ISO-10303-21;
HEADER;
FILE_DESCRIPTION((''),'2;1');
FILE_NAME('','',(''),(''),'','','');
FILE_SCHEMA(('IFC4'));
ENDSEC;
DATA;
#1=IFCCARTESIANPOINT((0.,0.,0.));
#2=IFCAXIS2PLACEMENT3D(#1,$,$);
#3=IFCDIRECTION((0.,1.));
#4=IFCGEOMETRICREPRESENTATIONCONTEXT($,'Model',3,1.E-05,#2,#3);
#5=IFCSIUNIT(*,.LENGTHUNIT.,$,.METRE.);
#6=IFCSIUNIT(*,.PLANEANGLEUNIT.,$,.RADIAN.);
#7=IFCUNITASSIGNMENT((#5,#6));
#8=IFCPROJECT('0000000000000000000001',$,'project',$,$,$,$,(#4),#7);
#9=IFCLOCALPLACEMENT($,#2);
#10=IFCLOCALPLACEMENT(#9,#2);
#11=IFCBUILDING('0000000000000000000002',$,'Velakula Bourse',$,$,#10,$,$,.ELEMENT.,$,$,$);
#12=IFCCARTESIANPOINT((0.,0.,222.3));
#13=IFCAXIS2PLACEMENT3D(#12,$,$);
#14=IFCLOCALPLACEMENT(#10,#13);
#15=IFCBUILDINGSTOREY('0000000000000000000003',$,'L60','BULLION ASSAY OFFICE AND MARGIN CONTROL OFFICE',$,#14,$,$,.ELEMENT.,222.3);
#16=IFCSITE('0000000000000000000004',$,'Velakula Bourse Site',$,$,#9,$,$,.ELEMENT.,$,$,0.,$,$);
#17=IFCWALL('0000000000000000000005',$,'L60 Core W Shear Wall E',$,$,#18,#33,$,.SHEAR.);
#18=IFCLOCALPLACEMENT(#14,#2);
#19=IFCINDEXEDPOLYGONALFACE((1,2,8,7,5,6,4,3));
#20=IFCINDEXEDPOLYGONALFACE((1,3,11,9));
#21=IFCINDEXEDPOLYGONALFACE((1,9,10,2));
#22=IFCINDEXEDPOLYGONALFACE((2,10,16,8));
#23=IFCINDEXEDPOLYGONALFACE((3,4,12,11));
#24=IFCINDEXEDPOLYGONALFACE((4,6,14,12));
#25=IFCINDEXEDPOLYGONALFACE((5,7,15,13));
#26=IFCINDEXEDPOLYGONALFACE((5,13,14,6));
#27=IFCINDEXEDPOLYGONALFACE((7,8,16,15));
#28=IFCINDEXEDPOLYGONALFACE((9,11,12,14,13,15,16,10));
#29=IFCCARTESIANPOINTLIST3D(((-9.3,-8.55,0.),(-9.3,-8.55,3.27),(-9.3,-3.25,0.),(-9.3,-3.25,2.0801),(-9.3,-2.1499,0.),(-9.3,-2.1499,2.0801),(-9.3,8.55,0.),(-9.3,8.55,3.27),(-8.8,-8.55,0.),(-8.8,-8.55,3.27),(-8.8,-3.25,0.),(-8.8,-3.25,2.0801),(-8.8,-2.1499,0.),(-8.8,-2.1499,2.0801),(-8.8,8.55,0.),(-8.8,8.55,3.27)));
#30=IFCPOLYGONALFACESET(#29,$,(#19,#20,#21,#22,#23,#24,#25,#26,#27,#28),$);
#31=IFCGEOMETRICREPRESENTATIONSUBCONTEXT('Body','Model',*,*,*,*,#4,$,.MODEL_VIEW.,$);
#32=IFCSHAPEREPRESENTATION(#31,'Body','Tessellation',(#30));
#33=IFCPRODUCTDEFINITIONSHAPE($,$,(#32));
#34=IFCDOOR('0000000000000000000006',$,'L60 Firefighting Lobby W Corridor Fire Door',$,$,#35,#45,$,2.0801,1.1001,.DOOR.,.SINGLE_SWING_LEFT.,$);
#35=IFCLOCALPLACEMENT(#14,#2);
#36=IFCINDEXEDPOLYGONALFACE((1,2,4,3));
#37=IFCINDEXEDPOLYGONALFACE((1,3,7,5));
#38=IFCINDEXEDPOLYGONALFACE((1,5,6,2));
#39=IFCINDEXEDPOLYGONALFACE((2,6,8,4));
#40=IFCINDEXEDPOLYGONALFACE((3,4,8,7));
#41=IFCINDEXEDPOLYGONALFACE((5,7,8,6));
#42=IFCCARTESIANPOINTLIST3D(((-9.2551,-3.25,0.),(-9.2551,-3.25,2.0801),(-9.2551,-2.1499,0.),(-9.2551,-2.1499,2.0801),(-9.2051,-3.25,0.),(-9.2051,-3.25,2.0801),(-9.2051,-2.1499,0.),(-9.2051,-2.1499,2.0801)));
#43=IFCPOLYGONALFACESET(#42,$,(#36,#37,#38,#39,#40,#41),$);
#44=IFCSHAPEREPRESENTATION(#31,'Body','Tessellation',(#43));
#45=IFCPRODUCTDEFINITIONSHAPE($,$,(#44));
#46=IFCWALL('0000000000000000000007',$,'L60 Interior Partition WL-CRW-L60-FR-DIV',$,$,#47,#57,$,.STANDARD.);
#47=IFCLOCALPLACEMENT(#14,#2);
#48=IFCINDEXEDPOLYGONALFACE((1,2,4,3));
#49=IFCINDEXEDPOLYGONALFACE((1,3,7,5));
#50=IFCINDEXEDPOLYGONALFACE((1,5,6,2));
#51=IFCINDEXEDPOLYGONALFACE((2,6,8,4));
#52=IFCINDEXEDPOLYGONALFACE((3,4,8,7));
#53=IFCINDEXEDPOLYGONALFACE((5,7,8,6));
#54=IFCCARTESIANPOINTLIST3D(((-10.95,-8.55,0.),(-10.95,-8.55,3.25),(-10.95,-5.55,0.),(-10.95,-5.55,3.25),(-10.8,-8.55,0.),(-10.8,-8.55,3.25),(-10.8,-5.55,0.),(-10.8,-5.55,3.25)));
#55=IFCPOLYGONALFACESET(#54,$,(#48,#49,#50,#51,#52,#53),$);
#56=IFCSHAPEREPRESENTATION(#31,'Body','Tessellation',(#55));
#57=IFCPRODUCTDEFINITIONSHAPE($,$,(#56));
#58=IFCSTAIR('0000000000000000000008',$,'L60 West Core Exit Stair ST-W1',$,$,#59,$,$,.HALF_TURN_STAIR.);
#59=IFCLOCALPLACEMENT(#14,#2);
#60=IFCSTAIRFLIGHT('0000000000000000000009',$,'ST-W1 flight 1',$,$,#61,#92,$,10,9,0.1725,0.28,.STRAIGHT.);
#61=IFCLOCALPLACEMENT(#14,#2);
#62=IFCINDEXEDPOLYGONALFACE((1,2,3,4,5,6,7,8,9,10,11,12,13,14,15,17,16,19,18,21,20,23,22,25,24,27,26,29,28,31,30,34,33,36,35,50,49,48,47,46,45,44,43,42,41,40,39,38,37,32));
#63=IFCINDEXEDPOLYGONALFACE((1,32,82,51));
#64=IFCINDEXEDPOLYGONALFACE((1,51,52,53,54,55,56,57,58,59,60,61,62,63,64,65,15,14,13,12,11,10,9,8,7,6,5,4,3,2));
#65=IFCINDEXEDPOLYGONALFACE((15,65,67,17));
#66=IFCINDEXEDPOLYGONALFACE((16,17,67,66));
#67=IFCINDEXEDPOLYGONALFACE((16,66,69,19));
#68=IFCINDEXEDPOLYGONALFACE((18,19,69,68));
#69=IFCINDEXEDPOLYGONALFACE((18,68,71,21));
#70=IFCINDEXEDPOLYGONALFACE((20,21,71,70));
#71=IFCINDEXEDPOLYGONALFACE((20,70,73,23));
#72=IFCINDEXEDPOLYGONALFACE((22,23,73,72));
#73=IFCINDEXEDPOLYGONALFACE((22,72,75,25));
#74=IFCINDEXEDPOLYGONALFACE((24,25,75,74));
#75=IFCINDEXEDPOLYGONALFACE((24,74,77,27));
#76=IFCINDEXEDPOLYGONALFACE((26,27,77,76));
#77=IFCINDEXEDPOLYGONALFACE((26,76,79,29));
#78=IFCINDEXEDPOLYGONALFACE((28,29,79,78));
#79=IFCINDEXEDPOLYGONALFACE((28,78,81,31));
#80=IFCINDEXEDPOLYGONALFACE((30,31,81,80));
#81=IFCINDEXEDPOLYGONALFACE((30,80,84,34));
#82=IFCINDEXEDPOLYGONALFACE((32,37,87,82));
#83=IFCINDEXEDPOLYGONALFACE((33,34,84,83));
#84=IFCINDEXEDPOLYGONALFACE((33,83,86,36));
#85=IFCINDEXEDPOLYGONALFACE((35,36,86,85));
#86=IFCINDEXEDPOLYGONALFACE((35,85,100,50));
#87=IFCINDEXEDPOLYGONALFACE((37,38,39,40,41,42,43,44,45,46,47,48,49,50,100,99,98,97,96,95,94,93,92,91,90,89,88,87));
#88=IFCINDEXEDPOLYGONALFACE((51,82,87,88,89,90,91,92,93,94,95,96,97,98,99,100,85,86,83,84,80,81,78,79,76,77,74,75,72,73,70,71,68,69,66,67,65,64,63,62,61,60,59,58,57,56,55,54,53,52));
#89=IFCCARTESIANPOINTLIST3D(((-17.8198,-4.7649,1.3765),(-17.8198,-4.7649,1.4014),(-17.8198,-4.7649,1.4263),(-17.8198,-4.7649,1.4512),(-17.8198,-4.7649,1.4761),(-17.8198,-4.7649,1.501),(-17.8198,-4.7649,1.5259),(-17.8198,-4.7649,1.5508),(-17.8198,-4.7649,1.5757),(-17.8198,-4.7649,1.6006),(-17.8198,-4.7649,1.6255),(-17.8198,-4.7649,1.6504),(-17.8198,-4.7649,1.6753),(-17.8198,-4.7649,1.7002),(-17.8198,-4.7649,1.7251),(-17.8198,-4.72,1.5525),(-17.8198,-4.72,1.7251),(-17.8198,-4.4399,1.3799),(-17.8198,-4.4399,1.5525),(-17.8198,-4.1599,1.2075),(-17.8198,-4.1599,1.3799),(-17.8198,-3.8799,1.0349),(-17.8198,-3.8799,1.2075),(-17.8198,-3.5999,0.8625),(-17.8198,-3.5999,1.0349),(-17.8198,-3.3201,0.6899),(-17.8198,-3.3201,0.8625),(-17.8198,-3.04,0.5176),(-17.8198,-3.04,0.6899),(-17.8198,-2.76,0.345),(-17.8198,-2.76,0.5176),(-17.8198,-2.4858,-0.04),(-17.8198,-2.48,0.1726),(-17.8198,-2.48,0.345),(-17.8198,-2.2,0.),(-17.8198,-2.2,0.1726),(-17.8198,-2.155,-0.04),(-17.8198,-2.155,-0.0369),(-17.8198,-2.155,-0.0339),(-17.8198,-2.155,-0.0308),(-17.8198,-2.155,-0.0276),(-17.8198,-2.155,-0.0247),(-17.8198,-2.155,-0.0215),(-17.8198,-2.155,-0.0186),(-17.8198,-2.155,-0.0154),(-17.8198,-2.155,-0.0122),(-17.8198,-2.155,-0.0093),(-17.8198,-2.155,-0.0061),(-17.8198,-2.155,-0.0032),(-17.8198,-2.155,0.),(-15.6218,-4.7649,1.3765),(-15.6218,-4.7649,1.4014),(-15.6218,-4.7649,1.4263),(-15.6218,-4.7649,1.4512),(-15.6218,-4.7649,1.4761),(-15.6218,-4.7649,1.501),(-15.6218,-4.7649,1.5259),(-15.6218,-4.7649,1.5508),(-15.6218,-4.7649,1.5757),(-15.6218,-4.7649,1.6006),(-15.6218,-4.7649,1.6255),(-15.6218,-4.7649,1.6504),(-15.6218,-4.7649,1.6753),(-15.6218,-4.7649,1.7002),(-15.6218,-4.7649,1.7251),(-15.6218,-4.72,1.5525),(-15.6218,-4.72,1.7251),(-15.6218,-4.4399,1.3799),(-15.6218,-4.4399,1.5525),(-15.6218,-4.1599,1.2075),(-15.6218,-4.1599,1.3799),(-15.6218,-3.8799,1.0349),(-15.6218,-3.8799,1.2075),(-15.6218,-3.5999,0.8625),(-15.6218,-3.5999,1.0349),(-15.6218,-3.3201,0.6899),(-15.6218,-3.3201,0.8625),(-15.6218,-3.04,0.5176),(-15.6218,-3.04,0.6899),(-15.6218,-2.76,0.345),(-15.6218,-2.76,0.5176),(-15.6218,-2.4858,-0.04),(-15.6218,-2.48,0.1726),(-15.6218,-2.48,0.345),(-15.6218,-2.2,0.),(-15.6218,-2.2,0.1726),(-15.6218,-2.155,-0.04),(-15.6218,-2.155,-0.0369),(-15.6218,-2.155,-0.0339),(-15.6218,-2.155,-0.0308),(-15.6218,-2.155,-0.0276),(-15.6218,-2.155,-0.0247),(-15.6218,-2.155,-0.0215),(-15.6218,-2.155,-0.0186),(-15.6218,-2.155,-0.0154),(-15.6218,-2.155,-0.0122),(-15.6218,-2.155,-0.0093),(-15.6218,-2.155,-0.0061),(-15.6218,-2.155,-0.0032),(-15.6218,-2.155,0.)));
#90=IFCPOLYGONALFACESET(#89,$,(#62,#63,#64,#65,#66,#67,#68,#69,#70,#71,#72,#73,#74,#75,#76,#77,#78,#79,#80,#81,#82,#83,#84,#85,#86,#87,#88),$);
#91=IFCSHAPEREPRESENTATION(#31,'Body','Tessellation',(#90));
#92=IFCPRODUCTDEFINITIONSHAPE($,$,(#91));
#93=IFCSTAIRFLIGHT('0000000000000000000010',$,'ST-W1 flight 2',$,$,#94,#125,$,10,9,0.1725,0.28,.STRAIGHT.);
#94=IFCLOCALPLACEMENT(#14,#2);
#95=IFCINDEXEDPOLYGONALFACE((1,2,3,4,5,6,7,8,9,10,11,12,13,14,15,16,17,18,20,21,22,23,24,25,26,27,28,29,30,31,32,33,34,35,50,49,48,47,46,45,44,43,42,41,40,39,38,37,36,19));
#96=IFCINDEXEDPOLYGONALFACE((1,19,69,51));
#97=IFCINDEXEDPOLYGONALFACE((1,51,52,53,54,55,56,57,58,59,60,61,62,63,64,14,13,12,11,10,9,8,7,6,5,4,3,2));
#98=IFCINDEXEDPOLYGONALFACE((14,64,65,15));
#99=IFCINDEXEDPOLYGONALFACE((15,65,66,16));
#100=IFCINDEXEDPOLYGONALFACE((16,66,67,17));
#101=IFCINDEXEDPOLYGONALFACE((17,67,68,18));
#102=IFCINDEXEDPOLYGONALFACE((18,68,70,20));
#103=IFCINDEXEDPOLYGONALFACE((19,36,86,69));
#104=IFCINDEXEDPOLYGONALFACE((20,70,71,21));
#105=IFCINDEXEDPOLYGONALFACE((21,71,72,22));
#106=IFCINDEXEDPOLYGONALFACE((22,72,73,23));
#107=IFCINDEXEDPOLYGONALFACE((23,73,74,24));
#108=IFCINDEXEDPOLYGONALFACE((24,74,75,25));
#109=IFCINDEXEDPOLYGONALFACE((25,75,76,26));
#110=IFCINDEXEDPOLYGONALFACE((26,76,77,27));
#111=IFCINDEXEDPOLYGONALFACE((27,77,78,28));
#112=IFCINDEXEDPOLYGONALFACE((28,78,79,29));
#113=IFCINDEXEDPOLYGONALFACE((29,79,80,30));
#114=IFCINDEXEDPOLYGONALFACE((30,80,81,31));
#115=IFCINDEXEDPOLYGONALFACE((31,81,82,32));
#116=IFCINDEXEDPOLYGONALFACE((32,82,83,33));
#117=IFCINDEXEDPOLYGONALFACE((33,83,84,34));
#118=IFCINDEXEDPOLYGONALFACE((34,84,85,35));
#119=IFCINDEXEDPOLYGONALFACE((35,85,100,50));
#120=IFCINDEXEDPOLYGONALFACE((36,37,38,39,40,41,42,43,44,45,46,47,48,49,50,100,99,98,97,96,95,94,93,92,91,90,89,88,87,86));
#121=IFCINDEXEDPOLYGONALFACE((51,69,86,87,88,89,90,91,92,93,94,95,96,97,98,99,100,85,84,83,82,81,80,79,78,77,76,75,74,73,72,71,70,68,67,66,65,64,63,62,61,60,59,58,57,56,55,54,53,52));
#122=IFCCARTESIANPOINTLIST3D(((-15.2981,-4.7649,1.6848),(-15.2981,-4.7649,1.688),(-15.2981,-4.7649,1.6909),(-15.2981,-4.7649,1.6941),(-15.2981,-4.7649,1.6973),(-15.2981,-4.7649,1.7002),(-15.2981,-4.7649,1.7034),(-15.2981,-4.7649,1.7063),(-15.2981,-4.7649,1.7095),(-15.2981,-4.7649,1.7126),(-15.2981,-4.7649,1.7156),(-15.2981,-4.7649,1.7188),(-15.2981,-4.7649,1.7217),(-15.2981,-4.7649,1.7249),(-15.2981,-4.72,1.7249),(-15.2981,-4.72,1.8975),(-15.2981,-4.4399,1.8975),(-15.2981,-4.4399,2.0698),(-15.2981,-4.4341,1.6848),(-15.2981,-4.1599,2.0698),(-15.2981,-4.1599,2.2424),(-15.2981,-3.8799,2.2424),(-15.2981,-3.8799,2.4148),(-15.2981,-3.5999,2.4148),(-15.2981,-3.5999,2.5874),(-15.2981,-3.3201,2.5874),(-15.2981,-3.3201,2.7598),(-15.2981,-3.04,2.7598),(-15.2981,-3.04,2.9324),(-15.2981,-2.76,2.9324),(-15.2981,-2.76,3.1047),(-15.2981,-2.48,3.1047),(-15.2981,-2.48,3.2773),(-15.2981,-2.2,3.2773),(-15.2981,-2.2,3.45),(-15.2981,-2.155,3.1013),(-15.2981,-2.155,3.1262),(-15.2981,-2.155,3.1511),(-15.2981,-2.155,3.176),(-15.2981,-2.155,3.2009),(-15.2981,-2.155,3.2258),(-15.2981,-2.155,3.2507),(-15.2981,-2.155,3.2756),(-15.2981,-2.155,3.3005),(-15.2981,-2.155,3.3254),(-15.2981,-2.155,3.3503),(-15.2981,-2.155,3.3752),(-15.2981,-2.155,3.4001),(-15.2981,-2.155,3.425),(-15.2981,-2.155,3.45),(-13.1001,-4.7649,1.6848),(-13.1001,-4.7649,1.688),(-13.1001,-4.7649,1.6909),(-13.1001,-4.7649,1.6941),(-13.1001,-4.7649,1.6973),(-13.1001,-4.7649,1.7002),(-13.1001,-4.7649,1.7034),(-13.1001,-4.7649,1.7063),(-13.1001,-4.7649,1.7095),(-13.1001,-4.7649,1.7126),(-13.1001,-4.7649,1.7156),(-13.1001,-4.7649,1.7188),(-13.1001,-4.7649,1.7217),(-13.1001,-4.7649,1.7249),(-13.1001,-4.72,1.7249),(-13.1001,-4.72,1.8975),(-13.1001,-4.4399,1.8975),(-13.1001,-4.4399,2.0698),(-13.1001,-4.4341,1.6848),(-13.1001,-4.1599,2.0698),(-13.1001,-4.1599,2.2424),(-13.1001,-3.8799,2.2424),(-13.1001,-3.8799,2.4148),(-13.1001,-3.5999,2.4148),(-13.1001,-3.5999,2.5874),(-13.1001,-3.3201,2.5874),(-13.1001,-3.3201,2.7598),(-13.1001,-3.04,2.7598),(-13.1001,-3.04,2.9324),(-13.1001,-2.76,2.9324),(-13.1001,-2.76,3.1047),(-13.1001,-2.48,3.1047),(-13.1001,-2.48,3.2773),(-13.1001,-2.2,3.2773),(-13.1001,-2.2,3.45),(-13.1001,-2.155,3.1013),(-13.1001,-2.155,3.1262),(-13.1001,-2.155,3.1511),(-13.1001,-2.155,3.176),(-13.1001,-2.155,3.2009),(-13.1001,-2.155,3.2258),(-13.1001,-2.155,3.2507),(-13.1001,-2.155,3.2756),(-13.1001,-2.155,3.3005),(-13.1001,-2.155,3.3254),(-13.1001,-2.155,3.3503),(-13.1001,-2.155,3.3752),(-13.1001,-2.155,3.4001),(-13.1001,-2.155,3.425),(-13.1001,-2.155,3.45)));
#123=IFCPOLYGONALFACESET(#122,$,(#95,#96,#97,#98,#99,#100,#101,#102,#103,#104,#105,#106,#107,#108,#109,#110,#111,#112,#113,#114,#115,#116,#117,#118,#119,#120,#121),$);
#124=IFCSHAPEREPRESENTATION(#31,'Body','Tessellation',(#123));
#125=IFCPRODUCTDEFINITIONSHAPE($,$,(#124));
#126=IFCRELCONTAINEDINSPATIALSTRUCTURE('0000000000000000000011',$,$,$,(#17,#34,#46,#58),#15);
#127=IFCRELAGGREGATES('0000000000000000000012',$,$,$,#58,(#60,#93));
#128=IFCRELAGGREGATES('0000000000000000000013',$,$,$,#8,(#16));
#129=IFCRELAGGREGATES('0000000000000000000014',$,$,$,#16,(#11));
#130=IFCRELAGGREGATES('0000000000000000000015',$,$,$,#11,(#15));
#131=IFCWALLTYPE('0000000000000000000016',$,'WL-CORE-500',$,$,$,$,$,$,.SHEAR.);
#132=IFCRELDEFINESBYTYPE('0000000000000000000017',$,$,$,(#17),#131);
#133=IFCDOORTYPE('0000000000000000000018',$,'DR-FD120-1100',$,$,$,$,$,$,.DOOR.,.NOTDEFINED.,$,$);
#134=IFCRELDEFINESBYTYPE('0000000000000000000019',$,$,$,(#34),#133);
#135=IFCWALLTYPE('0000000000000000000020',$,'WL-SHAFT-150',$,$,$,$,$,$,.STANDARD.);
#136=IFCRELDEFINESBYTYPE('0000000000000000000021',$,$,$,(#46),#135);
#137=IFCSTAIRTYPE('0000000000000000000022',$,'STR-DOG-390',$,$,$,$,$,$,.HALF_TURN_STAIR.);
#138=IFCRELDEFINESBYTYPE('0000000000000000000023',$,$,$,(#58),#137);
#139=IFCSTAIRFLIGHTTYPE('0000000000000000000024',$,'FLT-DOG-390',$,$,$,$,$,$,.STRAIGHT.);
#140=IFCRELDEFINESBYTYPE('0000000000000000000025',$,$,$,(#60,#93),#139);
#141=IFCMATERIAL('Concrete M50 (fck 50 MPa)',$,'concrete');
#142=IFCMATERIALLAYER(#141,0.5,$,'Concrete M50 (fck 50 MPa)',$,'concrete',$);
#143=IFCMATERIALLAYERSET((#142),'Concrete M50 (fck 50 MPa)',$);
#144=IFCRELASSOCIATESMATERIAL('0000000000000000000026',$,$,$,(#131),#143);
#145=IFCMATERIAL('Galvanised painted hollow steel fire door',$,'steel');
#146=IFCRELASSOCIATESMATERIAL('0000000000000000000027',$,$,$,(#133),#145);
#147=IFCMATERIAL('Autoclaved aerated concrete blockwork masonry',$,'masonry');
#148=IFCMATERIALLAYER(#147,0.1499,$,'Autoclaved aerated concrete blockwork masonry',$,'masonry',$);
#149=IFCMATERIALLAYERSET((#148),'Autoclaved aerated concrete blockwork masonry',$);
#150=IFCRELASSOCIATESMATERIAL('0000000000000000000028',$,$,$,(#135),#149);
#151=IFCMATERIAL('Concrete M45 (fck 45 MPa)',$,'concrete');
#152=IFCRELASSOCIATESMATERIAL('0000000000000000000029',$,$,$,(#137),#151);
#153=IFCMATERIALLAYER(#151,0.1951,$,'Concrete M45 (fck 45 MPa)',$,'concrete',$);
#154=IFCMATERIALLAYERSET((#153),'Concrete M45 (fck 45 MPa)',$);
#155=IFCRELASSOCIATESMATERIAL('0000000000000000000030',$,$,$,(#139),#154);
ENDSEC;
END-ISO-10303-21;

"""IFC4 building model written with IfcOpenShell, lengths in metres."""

from ifc_helpers import new_model, si_unit, direction, frame, frame_2d, origin, place, context, subcontext, project, spatial, polyline, rectangle, outline, extrude, material, layer, layer_set, type_object, element, fill, aggregate, save


model = new_model("IFC4")

# Units and contexts
model_context = context("Model", 3, precision=1e-05, world=origin(), true_north=direction((0.0, 1.0)))
body_context = subcontext(model_context, "Body", "Model", "MODEL_VIEW")
ifc_project = project(units=[si_unit("LENGTHUNIT", "METRE"), si_unit("PLANEANGLEUNIT", "RADIAN")], contexts=[model_context])

# Site, building, storey
site_placement = place(None, origin())
site = spatial("IfcSite", under=ifc_project, at=site_placement, Name="Velakula Bourse Site", CompositionType="ELEMENT", RefElevation=0.0)
building_placement = place(site_placement, origin())
building = spatial("IfcBuilding", under=site, at=building_placement, Name="Velakula Bourse", CompositionType="ELEMENT")
storey_placement = place(building_placement, frame((0.0, 0.0, 222.3)))
storey = spatial("IfcBuildingStorey", under=building, at=storey_placement, Name="L60", Description="BULLION ASSAY OFFICE AND MARGIN CONTROL OFFICE", CompositionType="ELEMENT", Elevation=222.3)

# Shared definitions
ifc_material_1 = material(Name="Concrete M50 (fck 50 MPa)", Category="concrete")

# Shared definitions
ifc_material_2 = material(Name="Galvanised painted hollow steel fire door", Category="steel")

# Wall, opening, door
ifc_layer_1 = layer(ifc_material_1, 0.5, Name="Concrete M50 (fck 50 MPa)", Category="concrete")
ifc_layer_set_1 = layer_set([ifc_layer_1], Name="Concrete M50 (fck 50 MPa)")
wall_type_1 = type_object("IfcWallType", Name="WL-CORE-500", PredefinedType="SHEAR", material=ifc_layer_set_1)
wall_1_placement = place(storey_placement, frame((-9.05, -8.55, 0.0), z_axis=(0.0, 0.0, 1.0), x_axis=(0.0, 1.0, 0.0)))
wall_1 = element("IfcWall", 1, at=wall_1_placement, inside=storey, type_object=wall_type_1, Name="L60 Core W Shear Wall E", PredefinedType="SHEAR", context=body_context, shape_type="SweptSolid", body=[
    extrude(rectangle(XDim=17.1001, YDim=0.5, at=frame_2d((8.55, 0.0))), origin(), (0.0, 0.0, 1.0), 3.27),
])
opening_1_placement = place(wall_1_placement, frame((5.3, 0.0, 0.0)))
opening_1 = element("IfcOpeningElement", 2, at=opening_1_placement, cuts=wall_1, PredefinedType="OPENING", context=body_context, shape_type="SweptSolid", body=[
    extrude(rectangle(XDim=1.1001, YDim=2.0801, at=frame_2d((0.55, 1.04))), frame((0.0, 0.26, 0.0), z_axis=(0.0, -1.0, 0.0), x_axis=(1.0, 0.0, 0.0)), (0.0, 0.0, 1.0), 0.52),
])
door_type_1 = type_object("IfcDoorType", Name="DR-FD120-1100", OperationType="NOTDEFINED", PredefinedType="DOOR", material=ifc_material_2)
door_1_placement = place(opening_1_placement, origin())
door_1 = element("IfcDoor", 3, at=door_1_placement, inside=storey, type_object=door_type_1, Name="L60 Firefighting Lobby W Corridor Fire Door", OperationType="SINGLE_SWING_LEFT", OverallHeight=2.0801, OverallWidth=1.1001, PredefinedType="DOOR", context=body_context, shape_type="SweptSolid", body=[
    extrude(rectangle(XDim=1.1001, YDim=2.0801, at=frame_2d((0.55, 1.04))), frame((0.0, 0.2051, 0.0), z_axis=(0.0, -1.0, 0.0), x_axis=(1.0, 0.0, 0.0)), (0.0, 0.0, 1.0), 0.05),
])
fill(opening_1, door_1)

# Shared definitions
ifc_material_3 = material(Name="Autoclaved aerated concrete blockwork masonry", Category="masonry")
ifc_layer_2 = layer(ifc_material_3, 0.1499, Name="Autoclaved aerated concrete blockwork masonry", Category="masonry")
ifc_layer_set_2 = layer_set([ifc_layer_2], Name="Autoclaved aerated concrete blockwork masonry")
wall_type_2 = type_object("IfcWallType", Name="WL-SHAFT-150", PredefinedType="STANDARD", material=ifc_layer_set_2)

# Wall
wall_2_placement = place(storey_placement, frame((-10.875, -8.55, 0.0), z_axis=(0.0, 0.0, 1.0), x_axis=(0.0, 1.0, 0.0)))
element("IfcWall", 4, at=wall_2_placement, inside=storey, type_object=wall_type_2, Name="L60 Interior Partition WL-CRW-L60-FR-DIV", PredefinedType="STANDARD", context=body_context, shape_type="SweptSolid", body=[
    extrude(rectangle(XDim=3.0, YDim=0.1499, at=frame_2d((1.5, 0.0))), origin(), (0.0, 0.0, 1.0), 3.25),
])

# Stair, stair flights
ifc_material_4 = material(Name="Concrete M45 (fck 45 MPa)", Category="concrete")
stair_type = type_object("IfcStairType", Name="STR-DOG-390", PredefinedType="HALF_TURN_STAIR", material=ifc_material_4)
stair_placement = place(storey_placement, origin())
stair = element("IfcStair", 5, at=stair_placement, inside=storey, type_object=stair_type, Name="L60 West Core Exit Stair ST-W1", PredefinedType="HALF_TURN_STAIR")
ifc_layer_3 = layer(ifc_material_4, 0.1951, Name="Concrete M45 (fck 45 MPa)", Category="concrete")
ifc_layer_set_3 = layer_set([ifc_layer_3], Name="Concrete M45 (fck 45 MPa)")
stair_flight_type = type_object("IfcStairFlightType", Name="FLT-DOG-390", PredefinedType="STRAIGHT", material=ifc_layer_set_3)
stair_flight_1_placement = place(storey_placement, frame((-16.7209, -2.2, 0.0), z_axis=(0.0, 0.0, 1.0), x_axis=(0.0, -1.0, 0.0)))
stair_flight_1 = element("IfcStairFlight", 6, at=stair_flight_1_placement, type_object=stair_flight_type, Name="ST-W1 flight 1", NumberOfRisers=10, NumberOfTreads=9, PredefinedType="STRAIGHT", RiserHeight=0.1725, TreadLength=0.28, context=body_context, shape_type="SweptSolid", body=[
    extrude(outline(polyline([(-0.0449, -0.04), (-0.0449, -0.0369), (-0.0449, -0.0339), (-0.0449, -0.0308), (-0.0449, -0.0276), (-0.0449, -0.0247), (-0.0449, -0.0215), (-0.0449, -0.0186), (-0.0449, -0.0154), (-0.0449, -0.0122), (-0.0449, -0.0093), (-0.0449, -0.0061), (-0.0449, -0.0032), (-0.0449, 0.0), (0.0, 0.0), (0.0, 0.1726), (0.28, 0.1726), (0.28, 0.345), (0.5601, 0.345), (0.5601, 0.5176), (0.8401, 0.5176), (0.8401, 0.6899), (1.1201, 0.6899), (1.1201, 0.8625), (1.3999, 0.8625), (1.3999, 1.0349), (1.6799, 1.0349), (1.6799, 1.2075), (1.96, 1.2075), (1.96, 1.3799), (2.24, 1.3799), (2.24, 1.5525), (2.52, 1.5525), (2.52, 1.7251), (2.5649, 1.7251), (2.5649, 1.7002), (2.5649, 1.6753), (2.5649, 1.6504), (2.5649, 1.6255), (2.5649, 1.6006), (2.5649, 1.5757), (2.5649, 1.5508), (2.5649, 1.5259), (2.5649, 1.501), (2.5649, 1.4761), (2.5649, 1.4512), (2.5649, 1.4263), (2.5649, 1.4014), (2.5649, 1.3765), (0.2859, -0.04), (-0.0449, -0.04)])), frame((0.0, 1.0991, 0.0), z_axis=(0.0, -1.0, 0.0), x_axis=(1.0, 0.0, 0.0)), (0.0, 0.0, 1.0), 2.198),
])
stair_flight_2_placement = place(storey_placement, frame((-14.199, -4.72, 1.7249), z_axis=(0.0, 0.0, 1.0), x_axis=(0.0, 1.0, 0.0)))
stair_flight_2 = element("IfcStairFlight", 7, at=stair_flight_2_placement, type_object=stair_flight_type, Name="ST-W1 flight 2", NumberOfRisers=10, NumberOfTreads=9, PredefinedType="STRAIGHT", RiserHeight=0.1725, TreadLength=0.28, context=body_context, shape_type="SweptSolid", body=[
    extrude(outline(polyline([(-0.0449, -0.04), (-0.0449, -0.0369), (-0.0449, -0.0339), (-0.0449, -0.0308), (-0.0449, -0.0276), (-0.0449, -0.0247), (-0.0449, -0.0215), (-0.0449, -0.0186), (-0.0449, -0.0154), (-0.0449, -0.0122), (-0.0449, -0.0093), (-0.0449, -0.0061), (-0.0449, -0.0032), (-0.0449, 0.0), (0.0, 0.0), (0.0, 0.1726), (0.28, 0.1726), (0.28, 0.345), (0.5601, 0.345), (0.5601, 0.5176), (0.8401, 0.5176), (0.8401, 0.6899), (1.1201, 0.6899), (1.1201, 0.8625), (1.3999, 0.8625), (1.3999, 1.0349), (1.6799, 1.0349), (1.6799, 1.2075), (1.96, 1.2075), (1.96, 1.3799), (2.24, 1.3799), (2.24, 1.5525), (2.52, 1.5525), (2.52, 1.7251), (2.5649, 1.7251), (2.5649, 1.7002), (2.5649, 1.6753), (2.5649, 1.6504), (2.5649, 1.6255), (2.5649, 1.6006), (2.5649, 1.5757), (2.5649, 1.5508), (2.5649, 1.5259), (2.5649, 1.501), (2.5649, 1.4761), (2.5649, 1.4512), (2.5649, 1.4263), (2.5649, 1.4014), (2.5649, 1.3765), (0.2859, -0.04), (-0.0449, -0.04)])), frame((0.0, 1.0991, 0.0), z_axis=(0.0, -1.0, 0.0), x_axis=(1.0, 0.0, 0.0)), (0.0, 0.0, 1.0), 2.198),
])
aggregate(stair, [stair_flight_1, stair_flight_2])

save(model, "model.ifc")
